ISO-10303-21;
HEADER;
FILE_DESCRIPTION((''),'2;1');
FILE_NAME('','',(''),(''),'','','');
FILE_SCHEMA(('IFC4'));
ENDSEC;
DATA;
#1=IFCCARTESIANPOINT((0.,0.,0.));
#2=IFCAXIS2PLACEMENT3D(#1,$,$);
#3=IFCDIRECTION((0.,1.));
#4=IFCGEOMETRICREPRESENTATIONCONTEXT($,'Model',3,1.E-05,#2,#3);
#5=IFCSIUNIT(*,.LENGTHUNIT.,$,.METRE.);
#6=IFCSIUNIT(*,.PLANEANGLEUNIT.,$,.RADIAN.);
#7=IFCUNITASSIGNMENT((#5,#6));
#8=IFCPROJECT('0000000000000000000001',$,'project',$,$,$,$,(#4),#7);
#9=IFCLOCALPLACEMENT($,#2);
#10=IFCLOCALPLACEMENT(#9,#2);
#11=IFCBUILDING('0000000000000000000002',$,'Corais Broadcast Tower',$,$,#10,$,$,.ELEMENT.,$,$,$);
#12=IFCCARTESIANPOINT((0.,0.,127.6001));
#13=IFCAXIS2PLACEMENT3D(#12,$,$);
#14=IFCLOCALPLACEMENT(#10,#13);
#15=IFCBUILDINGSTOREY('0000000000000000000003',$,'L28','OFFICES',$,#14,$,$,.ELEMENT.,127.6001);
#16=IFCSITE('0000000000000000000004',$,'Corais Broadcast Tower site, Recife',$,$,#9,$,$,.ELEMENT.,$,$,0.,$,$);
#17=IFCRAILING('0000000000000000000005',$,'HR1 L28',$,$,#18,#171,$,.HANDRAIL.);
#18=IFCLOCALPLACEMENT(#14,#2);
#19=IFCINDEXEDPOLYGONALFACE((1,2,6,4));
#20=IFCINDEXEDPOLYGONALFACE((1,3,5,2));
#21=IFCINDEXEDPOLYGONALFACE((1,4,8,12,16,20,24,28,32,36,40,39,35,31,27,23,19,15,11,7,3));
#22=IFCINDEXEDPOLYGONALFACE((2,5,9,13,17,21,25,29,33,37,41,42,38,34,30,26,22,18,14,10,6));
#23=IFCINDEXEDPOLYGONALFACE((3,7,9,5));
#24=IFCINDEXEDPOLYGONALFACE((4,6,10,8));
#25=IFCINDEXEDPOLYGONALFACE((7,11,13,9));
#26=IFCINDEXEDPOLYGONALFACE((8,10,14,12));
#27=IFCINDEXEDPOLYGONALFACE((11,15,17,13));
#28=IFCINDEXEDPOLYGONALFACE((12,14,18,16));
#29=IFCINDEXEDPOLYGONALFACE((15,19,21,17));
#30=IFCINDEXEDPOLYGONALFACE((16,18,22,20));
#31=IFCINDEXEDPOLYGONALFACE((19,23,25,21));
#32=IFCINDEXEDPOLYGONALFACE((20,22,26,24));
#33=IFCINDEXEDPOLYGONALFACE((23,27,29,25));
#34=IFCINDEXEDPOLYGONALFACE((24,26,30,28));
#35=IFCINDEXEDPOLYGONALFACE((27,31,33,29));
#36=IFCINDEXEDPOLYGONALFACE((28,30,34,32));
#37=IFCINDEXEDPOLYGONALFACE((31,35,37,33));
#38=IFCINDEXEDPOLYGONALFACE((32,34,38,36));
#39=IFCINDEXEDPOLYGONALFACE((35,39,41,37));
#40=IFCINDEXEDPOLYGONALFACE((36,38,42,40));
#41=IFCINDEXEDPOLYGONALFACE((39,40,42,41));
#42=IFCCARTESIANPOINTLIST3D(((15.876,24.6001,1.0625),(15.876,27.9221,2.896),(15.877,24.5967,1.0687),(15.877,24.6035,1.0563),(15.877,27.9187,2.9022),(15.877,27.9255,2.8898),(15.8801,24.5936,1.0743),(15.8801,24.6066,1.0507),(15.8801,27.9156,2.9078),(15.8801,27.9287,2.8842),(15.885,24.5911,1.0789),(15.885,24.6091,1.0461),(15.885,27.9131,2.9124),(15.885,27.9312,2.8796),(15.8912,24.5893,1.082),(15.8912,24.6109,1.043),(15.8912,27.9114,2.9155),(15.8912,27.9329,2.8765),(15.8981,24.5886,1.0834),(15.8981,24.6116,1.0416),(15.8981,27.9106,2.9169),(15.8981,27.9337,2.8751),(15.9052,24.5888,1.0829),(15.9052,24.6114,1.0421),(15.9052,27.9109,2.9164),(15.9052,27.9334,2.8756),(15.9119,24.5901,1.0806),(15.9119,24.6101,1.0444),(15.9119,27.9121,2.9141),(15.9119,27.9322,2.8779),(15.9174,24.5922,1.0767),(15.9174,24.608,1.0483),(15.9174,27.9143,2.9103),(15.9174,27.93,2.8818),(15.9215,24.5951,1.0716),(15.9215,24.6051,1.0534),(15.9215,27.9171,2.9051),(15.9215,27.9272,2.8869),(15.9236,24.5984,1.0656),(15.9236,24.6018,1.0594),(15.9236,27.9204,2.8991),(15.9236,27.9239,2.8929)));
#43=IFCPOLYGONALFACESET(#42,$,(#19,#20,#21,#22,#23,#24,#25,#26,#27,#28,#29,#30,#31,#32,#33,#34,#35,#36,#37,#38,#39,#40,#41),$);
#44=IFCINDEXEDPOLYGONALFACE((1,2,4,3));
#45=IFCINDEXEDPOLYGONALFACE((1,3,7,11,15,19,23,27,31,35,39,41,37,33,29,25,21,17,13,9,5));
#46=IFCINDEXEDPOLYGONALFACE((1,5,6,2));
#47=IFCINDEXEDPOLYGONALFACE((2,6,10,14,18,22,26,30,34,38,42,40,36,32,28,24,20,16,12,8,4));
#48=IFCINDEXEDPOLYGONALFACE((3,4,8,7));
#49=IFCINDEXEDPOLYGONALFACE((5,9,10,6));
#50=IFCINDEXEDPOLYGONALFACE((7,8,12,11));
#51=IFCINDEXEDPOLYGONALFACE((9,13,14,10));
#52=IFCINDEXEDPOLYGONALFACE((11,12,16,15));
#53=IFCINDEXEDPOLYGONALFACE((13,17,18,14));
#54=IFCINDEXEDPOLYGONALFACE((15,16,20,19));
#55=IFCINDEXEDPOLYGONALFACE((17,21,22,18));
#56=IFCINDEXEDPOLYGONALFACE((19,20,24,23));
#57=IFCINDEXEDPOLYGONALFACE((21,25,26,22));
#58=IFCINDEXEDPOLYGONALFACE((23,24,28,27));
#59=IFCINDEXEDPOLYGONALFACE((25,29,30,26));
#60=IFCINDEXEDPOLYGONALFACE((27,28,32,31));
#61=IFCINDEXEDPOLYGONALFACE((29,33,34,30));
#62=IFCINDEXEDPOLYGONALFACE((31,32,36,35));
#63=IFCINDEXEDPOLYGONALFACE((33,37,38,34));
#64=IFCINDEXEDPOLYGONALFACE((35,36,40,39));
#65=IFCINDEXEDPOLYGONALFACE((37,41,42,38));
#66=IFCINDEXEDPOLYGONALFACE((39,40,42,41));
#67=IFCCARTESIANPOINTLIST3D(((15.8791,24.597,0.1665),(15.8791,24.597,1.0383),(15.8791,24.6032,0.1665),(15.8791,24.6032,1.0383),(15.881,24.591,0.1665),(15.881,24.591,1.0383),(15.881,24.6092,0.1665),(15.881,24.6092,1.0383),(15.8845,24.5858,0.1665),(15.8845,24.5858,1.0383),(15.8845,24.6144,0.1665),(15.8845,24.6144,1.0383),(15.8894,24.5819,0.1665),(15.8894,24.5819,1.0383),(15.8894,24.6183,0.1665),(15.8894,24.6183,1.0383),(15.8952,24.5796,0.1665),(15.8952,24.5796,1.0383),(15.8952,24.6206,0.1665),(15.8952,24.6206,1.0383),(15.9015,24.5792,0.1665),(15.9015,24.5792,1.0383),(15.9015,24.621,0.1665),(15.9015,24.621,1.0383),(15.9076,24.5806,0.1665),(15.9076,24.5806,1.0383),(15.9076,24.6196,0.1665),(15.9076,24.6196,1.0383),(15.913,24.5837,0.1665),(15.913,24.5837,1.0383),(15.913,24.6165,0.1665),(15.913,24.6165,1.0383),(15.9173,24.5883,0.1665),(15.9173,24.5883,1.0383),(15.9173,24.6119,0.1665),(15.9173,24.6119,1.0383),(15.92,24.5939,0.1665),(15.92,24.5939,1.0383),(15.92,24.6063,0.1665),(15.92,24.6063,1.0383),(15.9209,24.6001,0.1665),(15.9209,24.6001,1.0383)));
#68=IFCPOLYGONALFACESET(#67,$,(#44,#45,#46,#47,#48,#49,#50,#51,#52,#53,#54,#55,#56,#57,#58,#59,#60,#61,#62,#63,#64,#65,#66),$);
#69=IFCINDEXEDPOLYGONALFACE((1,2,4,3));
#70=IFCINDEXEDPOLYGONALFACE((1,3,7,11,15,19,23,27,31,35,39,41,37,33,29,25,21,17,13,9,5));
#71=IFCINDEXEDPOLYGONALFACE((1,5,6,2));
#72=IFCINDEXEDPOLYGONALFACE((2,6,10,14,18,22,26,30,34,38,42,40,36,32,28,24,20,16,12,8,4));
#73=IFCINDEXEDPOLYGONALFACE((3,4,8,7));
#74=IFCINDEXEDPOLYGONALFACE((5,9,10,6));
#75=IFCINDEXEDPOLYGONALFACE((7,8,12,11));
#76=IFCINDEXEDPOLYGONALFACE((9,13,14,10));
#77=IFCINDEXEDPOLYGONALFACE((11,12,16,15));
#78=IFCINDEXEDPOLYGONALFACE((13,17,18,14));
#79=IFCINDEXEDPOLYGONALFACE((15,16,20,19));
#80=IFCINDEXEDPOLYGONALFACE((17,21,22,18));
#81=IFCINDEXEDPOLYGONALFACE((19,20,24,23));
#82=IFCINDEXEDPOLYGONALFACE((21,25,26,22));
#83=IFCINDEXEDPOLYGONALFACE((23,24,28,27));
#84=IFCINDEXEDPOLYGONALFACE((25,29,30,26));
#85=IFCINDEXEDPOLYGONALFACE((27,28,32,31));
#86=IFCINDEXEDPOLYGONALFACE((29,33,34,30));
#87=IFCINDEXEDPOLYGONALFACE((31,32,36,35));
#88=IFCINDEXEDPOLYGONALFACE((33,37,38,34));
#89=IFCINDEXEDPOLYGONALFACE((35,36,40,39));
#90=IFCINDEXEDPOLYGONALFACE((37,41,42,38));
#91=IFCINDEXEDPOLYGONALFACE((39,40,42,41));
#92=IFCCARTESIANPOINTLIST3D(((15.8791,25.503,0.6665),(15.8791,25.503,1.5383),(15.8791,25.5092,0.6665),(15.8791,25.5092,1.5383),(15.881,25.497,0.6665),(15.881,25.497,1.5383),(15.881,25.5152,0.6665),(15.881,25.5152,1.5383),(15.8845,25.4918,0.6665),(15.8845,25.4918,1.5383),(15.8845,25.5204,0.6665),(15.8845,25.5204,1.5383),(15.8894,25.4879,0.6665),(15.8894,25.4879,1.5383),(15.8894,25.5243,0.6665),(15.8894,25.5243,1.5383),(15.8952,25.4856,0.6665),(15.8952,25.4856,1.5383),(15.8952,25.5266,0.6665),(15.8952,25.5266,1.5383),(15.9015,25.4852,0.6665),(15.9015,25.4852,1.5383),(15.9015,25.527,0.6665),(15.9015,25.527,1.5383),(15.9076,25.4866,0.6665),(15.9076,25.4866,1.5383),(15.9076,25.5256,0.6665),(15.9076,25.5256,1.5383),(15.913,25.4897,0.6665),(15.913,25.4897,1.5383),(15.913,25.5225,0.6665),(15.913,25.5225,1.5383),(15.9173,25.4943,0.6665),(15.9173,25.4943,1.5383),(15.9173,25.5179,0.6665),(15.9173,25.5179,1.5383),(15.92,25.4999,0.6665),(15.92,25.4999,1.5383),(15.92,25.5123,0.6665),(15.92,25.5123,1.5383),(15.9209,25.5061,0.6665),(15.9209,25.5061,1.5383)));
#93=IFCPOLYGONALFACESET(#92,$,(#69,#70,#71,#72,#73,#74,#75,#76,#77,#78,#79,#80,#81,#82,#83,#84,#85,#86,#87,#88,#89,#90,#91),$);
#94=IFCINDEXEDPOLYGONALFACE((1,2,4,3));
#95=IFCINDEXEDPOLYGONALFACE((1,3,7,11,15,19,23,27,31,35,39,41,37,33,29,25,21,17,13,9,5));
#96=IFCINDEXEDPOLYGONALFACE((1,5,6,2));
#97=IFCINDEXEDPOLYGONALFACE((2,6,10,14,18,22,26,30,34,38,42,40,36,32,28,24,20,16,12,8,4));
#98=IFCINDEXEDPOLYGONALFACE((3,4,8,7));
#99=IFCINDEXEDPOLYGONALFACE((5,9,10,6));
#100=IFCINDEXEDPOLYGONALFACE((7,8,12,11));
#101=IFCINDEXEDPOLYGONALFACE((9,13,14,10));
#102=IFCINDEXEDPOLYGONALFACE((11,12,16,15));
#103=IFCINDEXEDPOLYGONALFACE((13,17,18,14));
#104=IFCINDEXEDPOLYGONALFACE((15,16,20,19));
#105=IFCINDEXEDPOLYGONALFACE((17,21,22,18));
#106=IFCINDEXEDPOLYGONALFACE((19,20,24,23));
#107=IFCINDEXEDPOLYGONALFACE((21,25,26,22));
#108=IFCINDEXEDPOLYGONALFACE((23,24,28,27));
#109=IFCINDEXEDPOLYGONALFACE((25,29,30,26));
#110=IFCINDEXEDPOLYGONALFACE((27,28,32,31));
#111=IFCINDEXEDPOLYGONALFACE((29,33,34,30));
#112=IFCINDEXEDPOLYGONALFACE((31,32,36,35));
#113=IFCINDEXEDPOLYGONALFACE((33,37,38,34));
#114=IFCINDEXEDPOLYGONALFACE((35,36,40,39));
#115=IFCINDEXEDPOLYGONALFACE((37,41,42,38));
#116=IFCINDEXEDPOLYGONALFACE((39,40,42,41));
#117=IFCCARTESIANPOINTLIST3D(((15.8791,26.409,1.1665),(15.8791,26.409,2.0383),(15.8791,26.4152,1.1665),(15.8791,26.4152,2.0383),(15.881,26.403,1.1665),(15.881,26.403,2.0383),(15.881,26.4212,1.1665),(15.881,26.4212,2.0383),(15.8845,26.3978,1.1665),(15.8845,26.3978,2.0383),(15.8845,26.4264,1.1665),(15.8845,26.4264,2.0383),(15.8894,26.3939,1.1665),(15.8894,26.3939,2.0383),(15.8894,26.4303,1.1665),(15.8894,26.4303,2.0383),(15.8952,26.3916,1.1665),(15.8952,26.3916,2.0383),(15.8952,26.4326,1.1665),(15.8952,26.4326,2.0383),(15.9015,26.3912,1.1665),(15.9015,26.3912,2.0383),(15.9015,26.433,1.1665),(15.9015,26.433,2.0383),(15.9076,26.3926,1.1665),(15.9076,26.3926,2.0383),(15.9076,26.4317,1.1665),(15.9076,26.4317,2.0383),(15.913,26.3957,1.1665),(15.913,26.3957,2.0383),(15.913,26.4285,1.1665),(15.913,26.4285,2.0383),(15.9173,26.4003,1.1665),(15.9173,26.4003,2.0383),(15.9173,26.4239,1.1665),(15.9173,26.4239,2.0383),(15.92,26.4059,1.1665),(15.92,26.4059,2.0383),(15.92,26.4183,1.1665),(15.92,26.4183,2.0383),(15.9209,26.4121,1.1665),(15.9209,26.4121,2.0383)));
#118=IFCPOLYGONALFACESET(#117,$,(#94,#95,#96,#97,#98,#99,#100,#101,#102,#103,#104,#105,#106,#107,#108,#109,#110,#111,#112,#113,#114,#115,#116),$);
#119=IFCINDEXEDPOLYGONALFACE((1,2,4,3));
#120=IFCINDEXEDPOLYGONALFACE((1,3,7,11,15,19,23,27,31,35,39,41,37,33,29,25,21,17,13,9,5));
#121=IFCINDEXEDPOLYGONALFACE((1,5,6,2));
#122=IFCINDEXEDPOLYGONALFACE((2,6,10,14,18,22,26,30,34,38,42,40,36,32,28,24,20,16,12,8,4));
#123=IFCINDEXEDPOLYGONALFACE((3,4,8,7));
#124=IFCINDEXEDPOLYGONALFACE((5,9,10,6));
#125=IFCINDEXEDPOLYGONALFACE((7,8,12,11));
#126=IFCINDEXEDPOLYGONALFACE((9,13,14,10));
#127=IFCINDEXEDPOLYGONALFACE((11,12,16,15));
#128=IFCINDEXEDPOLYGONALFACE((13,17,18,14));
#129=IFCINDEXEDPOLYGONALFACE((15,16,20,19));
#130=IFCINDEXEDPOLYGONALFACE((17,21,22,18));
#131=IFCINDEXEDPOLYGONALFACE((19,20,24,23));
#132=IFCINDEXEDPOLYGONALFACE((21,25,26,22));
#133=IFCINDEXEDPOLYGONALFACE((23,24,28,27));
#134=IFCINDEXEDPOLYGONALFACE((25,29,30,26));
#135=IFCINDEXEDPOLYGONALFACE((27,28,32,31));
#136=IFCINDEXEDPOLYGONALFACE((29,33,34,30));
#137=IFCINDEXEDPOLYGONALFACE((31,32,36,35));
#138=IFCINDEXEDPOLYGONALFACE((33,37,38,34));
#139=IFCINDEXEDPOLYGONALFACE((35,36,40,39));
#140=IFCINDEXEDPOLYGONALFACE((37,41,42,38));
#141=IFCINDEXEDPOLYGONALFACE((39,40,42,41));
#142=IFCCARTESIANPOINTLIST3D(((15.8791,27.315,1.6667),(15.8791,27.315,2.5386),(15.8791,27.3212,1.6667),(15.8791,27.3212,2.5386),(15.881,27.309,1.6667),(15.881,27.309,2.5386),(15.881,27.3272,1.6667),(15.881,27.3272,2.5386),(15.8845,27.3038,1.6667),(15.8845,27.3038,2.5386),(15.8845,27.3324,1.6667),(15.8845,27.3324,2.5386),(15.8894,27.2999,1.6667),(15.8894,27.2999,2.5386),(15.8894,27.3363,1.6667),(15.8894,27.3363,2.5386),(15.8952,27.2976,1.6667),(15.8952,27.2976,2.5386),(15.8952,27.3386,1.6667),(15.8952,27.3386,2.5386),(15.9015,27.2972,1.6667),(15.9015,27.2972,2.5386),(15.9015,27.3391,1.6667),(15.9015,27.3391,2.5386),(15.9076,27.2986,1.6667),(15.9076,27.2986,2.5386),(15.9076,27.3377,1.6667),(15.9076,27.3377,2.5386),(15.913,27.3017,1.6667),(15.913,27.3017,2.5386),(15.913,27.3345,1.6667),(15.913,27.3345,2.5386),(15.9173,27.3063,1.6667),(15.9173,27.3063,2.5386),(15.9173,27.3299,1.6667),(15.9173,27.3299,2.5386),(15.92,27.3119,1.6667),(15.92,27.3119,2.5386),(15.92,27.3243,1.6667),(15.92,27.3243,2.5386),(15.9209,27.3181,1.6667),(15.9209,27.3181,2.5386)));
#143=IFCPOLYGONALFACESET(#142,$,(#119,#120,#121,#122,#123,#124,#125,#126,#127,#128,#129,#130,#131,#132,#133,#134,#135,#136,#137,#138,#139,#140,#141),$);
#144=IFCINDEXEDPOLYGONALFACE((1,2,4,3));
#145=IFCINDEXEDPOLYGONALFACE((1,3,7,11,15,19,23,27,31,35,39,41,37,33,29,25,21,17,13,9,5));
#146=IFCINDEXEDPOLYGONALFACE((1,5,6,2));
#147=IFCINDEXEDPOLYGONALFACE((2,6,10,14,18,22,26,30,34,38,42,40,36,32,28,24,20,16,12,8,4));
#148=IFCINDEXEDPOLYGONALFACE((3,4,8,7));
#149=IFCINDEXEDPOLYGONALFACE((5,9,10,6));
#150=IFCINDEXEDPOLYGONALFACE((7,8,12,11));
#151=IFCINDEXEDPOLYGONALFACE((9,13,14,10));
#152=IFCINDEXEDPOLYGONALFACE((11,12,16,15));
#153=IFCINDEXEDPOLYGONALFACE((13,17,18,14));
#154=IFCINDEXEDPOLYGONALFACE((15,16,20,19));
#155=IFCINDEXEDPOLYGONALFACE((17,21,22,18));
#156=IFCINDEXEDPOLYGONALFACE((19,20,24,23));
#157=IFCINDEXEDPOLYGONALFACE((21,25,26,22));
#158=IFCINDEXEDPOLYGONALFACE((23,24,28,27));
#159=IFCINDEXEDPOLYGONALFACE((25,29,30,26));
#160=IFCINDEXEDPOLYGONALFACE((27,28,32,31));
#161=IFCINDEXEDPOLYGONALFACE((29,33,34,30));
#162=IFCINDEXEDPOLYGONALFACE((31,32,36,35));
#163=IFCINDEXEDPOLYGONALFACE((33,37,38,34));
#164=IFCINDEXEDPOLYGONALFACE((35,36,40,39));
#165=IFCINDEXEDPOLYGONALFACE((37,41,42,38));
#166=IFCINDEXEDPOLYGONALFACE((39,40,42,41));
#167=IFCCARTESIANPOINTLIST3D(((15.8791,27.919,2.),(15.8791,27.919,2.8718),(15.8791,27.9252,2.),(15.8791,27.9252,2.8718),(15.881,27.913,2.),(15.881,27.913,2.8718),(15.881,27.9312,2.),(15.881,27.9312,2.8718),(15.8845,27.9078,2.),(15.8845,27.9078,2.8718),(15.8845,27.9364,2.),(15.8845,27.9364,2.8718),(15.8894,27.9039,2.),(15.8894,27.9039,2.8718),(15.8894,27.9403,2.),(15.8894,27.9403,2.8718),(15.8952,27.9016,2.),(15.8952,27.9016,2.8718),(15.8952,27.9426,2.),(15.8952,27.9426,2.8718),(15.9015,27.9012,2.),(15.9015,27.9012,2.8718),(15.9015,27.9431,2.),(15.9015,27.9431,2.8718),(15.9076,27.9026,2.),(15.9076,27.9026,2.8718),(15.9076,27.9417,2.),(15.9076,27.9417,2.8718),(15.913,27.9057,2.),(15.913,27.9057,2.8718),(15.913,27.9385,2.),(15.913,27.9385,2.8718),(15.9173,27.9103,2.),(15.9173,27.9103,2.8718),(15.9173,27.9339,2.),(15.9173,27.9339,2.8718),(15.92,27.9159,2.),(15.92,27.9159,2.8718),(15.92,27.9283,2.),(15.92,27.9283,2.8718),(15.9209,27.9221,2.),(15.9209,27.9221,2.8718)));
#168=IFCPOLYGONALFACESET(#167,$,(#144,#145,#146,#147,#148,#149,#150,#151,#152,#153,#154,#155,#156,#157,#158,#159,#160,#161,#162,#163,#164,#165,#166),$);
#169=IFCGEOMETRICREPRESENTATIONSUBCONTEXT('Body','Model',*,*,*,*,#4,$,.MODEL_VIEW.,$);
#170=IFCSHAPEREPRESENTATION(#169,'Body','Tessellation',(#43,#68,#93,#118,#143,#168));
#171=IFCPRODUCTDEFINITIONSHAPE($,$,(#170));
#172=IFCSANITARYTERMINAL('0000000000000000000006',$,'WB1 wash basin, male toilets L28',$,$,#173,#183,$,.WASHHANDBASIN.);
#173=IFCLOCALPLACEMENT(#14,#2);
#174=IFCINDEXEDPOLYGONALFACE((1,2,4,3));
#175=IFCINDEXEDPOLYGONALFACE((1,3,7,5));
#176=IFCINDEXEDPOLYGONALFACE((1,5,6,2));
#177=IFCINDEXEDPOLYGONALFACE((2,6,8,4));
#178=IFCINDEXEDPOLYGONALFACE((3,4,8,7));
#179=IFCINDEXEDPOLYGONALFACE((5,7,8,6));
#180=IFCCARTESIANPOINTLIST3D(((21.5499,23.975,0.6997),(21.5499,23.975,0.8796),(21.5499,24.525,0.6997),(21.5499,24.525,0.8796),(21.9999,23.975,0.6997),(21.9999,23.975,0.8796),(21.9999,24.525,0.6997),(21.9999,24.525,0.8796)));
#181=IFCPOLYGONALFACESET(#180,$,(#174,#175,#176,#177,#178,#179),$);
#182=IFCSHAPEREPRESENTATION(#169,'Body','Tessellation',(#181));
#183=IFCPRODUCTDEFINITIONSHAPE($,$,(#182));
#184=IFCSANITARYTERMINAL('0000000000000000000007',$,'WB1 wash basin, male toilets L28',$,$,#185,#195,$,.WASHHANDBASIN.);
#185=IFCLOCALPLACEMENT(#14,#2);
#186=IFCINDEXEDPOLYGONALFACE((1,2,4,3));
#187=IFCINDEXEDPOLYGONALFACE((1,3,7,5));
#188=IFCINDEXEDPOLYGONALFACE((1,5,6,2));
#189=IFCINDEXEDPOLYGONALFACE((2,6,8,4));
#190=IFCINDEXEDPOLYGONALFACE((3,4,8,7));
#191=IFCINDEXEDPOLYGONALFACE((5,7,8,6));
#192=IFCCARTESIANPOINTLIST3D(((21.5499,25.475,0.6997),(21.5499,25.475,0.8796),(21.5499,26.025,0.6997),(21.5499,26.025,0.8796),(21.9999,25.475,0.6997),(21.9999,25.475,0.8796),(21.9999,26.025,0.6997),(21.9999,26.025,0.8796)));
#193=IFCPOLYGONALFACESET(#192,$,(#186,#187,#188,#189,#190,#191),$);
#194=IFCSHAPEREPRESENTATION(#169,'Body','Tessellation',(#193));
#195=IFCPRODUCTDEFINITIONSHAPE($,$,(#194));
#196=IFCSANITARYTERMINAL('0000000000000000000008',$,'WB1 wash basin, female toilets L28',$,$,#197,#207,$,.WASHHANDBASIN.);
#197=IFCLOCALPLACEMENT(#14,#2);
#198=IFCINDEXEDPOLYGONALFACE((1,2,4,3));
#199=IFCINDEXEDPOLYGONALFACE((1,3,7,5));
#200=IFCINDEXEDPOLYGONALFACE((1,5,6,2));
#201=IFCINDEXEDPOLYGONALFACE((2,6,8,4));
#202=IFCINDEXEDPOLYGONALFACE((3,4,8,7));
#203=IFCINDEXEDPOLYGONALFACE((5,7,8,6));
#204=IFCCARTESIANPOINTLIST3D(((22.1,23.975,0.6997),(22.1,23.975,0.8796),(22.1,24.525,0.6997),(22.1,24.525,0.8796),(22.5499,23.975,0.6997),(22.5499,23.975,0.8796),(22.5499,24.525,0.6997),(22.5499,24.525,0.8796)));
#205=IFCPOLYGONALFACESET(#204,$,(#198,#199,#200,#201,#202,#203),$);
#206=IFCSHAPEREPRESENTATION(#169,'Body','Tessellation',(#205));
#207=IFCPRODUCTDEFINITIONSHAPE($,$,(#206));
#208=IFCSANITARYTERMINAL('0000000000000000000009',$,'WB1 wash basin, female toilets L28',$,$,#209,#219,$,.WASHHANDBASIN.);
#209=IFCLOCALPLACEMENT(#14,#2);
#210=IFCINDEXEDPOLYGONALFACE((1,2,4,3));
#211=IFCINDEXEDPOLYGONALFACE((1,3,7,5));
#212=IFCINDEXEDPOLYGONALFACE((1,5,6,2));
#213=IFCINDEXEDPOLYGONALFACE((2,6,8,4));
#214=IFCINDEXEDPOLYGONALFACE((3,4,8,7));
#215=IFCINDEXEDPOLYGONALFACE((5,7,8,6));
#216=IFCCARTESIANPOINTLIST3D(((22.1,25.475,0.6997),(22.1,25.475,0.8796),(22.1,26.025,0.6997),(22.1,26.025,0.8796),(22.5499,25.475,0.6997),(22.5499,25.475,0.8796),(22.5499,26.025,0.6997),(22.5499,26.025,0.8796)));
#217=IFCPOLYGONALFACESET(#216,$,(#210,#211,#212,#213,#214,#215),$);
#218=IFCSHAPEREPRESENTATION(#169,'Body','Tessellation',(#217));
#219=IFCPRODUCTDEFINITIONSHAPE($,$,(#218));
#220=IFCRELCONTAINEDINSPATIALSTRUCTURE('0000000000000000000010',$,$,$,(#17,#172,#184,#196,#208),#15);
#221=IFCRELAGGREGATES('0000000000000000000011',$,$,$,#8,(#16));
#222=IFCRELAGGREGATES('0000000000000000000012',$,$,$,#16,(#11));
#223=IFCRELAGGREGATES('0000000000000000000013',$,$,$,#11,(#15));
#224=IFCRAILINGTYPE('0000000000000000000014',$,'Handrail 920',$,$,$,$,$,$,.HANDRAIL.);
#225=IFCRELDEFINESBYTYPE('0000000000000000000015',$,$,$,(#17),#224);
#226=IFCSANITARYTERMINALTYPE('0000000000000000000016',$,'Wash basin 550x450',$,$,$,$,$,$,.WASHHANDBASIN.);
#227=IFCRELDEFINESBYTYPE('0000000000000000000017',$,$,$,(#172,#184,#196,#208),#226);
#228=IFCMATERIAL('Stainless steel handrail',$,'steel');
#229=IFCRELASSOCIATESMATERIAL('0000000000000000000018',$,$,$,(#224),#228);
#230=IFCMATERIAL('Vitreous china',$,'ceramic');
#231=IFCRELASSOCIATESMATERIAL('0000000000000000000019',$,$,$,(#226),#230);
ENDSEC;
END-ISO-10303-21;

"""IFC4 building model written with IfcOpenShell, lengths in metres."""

from ifc_helpers import new_model, si_unit, direction, frame, origin, origin_2d, place, context, subcontext, project, spatial, rectangle, circle, extrude, material, type_object, element, save


model = new_model("IFC4")

# Units and contexts
model_context = context("Model", 3, precision=1e-05, world=origin(), true_north=direction((0.0, 1.0)))
body_context = subcontext(model_context, "Body", "Model", "MODEL_VIEW")
ifc_project = project(units=[si_unit("LENGTHUNIT", "METRE"), si_unit("PLANEANGLEUNIT", "RADIAN")], contexts=[model_context])

# Site, building, storey
site_placement = place(None, origin())
site = spatial("IfcSite", under=ifc_project, at=site_placement, Name="Corais Broadcast Tower site, Recife", CompositionType="ELEMENT", RefElevation=0.0)
building_placement = place(site_placement, origin())
building = spatial("IfcBuilding", under=site, at=building_placement, Name="Corais Broadcast Tower", CompositionType="ELEMENT")
storey_placement = place(building_placement, frame((0.0, 0.0, 127.6001)))
storey = spatial("IfcBuildingStorey", under=building, at=storey_placement, Name="L28", Description="OFFICES", CompositionType="ELEMENT", Elevation=127.6001)

# Railing
ifc_material_1 = material(Name="Stainless steel handrail", Category="steel")
railing_type = type_object("IfcRailingType", Name="Handrail 920", PredefinedType="HANDRAIL", material=ifc_material_1)
for number, where, name in (
    (1, (15.8999, 24.6001, 0.1665), "HR1 L28"),
):
    element("IfcRailing", number, at=place(storey_placement, frame(where)), inside=storey, type_object=railing_type, Name=name, PredefinedType="HANDRAIL", context=body_context, shape_type="SweptSolid", body=[
        extrude(circle(Radius=0.0239, at=origin_2d()), frame((0.0, 0.0, 0.896), z_axis=(0.0, 0.875504, 0.48321), x_axis=(-1.0, 0.0, 0.0)), (0.0, 0.0, 1.0), 3.7944),
        extrude(circle(Radius=0.021, at=origin_2d()), origin(), (0.0, 0.0, 1.0), 0.8718),
        extrude(circle(Radius=0.021, at=origin_2d()), frame((0.0, 0.906, 0.5)), (0.0, 0.0, 1.0), 0.8718),
        extrude(circle(Radius=0.021, at=origin_2d()), frame((0.0, 1.812, 1.0)), (0.0, 0.0, 1.0), 0.8718),
        extrude(circle(Radius=0.021, at=origin_2d()), frame((0.0, 2.718, 1.5002)), (0.0, 0.0, 1.0), 0.8718),
        extrude(circle(Radius=0.021, at=origin_2d()), frame((0.0, 3.322, 1.8335)), (0.0, 0.0, 1.0), 0.8718),
    ])

# Sanitary terminals
ifc_material_2 = material(Name="Vitreous china", Category="ceramic")
sanitary_terminal_type = type_object("IfcSanitaryTerminalType", Name="Wash basin 550x450", PredefinedType="WASHHANDBASIN", material=ifc_material_2)
for number, where, z_axis, x_axis, name in (
    (2, (21.7749, 24.25, 0.6997), (0.0, 0.0, 1.0), (1.0, 0.0, 0.0), "WB1 wash basin, male toilets L28"),
    (3, (21.7749, 25.75, 0.6997), (0.0, 0.0, 1.0), (1.0, 0.0, 0.0), "WB1 wash basin, male toilets L28"),
    (4, (22.325, 24.25, 0.6997), (0.0, 0.0, 1.0), (1.0, 0.0, 0.0), "WB1 wash basin, female toilets L28"),
    (5, (22.325, 25.75, 0.6997), (0.0, 0.0, 1.0), (1.0, 0.0, 0.0), "WB1 wash basin, female toilets L28"),
):
    element("IfcSanitaryTerminal", number, at=place(storey_placement, frame(where, z_axis=z_axis, x_axis=x_axis)), inside=storey, type_object=sanitary_terminal_type, Name=name, PredefinedType="WASHHANDBASIN", context=body_context, shape_type="SweptSolid", body=[
        extrude(rectangle(XDim=0.45, YDim=0.55, at=origin_2d()), origin(), (0.0, 0.0, 1.0), 0.1799),
    ])

save(model, "model.ifc")
